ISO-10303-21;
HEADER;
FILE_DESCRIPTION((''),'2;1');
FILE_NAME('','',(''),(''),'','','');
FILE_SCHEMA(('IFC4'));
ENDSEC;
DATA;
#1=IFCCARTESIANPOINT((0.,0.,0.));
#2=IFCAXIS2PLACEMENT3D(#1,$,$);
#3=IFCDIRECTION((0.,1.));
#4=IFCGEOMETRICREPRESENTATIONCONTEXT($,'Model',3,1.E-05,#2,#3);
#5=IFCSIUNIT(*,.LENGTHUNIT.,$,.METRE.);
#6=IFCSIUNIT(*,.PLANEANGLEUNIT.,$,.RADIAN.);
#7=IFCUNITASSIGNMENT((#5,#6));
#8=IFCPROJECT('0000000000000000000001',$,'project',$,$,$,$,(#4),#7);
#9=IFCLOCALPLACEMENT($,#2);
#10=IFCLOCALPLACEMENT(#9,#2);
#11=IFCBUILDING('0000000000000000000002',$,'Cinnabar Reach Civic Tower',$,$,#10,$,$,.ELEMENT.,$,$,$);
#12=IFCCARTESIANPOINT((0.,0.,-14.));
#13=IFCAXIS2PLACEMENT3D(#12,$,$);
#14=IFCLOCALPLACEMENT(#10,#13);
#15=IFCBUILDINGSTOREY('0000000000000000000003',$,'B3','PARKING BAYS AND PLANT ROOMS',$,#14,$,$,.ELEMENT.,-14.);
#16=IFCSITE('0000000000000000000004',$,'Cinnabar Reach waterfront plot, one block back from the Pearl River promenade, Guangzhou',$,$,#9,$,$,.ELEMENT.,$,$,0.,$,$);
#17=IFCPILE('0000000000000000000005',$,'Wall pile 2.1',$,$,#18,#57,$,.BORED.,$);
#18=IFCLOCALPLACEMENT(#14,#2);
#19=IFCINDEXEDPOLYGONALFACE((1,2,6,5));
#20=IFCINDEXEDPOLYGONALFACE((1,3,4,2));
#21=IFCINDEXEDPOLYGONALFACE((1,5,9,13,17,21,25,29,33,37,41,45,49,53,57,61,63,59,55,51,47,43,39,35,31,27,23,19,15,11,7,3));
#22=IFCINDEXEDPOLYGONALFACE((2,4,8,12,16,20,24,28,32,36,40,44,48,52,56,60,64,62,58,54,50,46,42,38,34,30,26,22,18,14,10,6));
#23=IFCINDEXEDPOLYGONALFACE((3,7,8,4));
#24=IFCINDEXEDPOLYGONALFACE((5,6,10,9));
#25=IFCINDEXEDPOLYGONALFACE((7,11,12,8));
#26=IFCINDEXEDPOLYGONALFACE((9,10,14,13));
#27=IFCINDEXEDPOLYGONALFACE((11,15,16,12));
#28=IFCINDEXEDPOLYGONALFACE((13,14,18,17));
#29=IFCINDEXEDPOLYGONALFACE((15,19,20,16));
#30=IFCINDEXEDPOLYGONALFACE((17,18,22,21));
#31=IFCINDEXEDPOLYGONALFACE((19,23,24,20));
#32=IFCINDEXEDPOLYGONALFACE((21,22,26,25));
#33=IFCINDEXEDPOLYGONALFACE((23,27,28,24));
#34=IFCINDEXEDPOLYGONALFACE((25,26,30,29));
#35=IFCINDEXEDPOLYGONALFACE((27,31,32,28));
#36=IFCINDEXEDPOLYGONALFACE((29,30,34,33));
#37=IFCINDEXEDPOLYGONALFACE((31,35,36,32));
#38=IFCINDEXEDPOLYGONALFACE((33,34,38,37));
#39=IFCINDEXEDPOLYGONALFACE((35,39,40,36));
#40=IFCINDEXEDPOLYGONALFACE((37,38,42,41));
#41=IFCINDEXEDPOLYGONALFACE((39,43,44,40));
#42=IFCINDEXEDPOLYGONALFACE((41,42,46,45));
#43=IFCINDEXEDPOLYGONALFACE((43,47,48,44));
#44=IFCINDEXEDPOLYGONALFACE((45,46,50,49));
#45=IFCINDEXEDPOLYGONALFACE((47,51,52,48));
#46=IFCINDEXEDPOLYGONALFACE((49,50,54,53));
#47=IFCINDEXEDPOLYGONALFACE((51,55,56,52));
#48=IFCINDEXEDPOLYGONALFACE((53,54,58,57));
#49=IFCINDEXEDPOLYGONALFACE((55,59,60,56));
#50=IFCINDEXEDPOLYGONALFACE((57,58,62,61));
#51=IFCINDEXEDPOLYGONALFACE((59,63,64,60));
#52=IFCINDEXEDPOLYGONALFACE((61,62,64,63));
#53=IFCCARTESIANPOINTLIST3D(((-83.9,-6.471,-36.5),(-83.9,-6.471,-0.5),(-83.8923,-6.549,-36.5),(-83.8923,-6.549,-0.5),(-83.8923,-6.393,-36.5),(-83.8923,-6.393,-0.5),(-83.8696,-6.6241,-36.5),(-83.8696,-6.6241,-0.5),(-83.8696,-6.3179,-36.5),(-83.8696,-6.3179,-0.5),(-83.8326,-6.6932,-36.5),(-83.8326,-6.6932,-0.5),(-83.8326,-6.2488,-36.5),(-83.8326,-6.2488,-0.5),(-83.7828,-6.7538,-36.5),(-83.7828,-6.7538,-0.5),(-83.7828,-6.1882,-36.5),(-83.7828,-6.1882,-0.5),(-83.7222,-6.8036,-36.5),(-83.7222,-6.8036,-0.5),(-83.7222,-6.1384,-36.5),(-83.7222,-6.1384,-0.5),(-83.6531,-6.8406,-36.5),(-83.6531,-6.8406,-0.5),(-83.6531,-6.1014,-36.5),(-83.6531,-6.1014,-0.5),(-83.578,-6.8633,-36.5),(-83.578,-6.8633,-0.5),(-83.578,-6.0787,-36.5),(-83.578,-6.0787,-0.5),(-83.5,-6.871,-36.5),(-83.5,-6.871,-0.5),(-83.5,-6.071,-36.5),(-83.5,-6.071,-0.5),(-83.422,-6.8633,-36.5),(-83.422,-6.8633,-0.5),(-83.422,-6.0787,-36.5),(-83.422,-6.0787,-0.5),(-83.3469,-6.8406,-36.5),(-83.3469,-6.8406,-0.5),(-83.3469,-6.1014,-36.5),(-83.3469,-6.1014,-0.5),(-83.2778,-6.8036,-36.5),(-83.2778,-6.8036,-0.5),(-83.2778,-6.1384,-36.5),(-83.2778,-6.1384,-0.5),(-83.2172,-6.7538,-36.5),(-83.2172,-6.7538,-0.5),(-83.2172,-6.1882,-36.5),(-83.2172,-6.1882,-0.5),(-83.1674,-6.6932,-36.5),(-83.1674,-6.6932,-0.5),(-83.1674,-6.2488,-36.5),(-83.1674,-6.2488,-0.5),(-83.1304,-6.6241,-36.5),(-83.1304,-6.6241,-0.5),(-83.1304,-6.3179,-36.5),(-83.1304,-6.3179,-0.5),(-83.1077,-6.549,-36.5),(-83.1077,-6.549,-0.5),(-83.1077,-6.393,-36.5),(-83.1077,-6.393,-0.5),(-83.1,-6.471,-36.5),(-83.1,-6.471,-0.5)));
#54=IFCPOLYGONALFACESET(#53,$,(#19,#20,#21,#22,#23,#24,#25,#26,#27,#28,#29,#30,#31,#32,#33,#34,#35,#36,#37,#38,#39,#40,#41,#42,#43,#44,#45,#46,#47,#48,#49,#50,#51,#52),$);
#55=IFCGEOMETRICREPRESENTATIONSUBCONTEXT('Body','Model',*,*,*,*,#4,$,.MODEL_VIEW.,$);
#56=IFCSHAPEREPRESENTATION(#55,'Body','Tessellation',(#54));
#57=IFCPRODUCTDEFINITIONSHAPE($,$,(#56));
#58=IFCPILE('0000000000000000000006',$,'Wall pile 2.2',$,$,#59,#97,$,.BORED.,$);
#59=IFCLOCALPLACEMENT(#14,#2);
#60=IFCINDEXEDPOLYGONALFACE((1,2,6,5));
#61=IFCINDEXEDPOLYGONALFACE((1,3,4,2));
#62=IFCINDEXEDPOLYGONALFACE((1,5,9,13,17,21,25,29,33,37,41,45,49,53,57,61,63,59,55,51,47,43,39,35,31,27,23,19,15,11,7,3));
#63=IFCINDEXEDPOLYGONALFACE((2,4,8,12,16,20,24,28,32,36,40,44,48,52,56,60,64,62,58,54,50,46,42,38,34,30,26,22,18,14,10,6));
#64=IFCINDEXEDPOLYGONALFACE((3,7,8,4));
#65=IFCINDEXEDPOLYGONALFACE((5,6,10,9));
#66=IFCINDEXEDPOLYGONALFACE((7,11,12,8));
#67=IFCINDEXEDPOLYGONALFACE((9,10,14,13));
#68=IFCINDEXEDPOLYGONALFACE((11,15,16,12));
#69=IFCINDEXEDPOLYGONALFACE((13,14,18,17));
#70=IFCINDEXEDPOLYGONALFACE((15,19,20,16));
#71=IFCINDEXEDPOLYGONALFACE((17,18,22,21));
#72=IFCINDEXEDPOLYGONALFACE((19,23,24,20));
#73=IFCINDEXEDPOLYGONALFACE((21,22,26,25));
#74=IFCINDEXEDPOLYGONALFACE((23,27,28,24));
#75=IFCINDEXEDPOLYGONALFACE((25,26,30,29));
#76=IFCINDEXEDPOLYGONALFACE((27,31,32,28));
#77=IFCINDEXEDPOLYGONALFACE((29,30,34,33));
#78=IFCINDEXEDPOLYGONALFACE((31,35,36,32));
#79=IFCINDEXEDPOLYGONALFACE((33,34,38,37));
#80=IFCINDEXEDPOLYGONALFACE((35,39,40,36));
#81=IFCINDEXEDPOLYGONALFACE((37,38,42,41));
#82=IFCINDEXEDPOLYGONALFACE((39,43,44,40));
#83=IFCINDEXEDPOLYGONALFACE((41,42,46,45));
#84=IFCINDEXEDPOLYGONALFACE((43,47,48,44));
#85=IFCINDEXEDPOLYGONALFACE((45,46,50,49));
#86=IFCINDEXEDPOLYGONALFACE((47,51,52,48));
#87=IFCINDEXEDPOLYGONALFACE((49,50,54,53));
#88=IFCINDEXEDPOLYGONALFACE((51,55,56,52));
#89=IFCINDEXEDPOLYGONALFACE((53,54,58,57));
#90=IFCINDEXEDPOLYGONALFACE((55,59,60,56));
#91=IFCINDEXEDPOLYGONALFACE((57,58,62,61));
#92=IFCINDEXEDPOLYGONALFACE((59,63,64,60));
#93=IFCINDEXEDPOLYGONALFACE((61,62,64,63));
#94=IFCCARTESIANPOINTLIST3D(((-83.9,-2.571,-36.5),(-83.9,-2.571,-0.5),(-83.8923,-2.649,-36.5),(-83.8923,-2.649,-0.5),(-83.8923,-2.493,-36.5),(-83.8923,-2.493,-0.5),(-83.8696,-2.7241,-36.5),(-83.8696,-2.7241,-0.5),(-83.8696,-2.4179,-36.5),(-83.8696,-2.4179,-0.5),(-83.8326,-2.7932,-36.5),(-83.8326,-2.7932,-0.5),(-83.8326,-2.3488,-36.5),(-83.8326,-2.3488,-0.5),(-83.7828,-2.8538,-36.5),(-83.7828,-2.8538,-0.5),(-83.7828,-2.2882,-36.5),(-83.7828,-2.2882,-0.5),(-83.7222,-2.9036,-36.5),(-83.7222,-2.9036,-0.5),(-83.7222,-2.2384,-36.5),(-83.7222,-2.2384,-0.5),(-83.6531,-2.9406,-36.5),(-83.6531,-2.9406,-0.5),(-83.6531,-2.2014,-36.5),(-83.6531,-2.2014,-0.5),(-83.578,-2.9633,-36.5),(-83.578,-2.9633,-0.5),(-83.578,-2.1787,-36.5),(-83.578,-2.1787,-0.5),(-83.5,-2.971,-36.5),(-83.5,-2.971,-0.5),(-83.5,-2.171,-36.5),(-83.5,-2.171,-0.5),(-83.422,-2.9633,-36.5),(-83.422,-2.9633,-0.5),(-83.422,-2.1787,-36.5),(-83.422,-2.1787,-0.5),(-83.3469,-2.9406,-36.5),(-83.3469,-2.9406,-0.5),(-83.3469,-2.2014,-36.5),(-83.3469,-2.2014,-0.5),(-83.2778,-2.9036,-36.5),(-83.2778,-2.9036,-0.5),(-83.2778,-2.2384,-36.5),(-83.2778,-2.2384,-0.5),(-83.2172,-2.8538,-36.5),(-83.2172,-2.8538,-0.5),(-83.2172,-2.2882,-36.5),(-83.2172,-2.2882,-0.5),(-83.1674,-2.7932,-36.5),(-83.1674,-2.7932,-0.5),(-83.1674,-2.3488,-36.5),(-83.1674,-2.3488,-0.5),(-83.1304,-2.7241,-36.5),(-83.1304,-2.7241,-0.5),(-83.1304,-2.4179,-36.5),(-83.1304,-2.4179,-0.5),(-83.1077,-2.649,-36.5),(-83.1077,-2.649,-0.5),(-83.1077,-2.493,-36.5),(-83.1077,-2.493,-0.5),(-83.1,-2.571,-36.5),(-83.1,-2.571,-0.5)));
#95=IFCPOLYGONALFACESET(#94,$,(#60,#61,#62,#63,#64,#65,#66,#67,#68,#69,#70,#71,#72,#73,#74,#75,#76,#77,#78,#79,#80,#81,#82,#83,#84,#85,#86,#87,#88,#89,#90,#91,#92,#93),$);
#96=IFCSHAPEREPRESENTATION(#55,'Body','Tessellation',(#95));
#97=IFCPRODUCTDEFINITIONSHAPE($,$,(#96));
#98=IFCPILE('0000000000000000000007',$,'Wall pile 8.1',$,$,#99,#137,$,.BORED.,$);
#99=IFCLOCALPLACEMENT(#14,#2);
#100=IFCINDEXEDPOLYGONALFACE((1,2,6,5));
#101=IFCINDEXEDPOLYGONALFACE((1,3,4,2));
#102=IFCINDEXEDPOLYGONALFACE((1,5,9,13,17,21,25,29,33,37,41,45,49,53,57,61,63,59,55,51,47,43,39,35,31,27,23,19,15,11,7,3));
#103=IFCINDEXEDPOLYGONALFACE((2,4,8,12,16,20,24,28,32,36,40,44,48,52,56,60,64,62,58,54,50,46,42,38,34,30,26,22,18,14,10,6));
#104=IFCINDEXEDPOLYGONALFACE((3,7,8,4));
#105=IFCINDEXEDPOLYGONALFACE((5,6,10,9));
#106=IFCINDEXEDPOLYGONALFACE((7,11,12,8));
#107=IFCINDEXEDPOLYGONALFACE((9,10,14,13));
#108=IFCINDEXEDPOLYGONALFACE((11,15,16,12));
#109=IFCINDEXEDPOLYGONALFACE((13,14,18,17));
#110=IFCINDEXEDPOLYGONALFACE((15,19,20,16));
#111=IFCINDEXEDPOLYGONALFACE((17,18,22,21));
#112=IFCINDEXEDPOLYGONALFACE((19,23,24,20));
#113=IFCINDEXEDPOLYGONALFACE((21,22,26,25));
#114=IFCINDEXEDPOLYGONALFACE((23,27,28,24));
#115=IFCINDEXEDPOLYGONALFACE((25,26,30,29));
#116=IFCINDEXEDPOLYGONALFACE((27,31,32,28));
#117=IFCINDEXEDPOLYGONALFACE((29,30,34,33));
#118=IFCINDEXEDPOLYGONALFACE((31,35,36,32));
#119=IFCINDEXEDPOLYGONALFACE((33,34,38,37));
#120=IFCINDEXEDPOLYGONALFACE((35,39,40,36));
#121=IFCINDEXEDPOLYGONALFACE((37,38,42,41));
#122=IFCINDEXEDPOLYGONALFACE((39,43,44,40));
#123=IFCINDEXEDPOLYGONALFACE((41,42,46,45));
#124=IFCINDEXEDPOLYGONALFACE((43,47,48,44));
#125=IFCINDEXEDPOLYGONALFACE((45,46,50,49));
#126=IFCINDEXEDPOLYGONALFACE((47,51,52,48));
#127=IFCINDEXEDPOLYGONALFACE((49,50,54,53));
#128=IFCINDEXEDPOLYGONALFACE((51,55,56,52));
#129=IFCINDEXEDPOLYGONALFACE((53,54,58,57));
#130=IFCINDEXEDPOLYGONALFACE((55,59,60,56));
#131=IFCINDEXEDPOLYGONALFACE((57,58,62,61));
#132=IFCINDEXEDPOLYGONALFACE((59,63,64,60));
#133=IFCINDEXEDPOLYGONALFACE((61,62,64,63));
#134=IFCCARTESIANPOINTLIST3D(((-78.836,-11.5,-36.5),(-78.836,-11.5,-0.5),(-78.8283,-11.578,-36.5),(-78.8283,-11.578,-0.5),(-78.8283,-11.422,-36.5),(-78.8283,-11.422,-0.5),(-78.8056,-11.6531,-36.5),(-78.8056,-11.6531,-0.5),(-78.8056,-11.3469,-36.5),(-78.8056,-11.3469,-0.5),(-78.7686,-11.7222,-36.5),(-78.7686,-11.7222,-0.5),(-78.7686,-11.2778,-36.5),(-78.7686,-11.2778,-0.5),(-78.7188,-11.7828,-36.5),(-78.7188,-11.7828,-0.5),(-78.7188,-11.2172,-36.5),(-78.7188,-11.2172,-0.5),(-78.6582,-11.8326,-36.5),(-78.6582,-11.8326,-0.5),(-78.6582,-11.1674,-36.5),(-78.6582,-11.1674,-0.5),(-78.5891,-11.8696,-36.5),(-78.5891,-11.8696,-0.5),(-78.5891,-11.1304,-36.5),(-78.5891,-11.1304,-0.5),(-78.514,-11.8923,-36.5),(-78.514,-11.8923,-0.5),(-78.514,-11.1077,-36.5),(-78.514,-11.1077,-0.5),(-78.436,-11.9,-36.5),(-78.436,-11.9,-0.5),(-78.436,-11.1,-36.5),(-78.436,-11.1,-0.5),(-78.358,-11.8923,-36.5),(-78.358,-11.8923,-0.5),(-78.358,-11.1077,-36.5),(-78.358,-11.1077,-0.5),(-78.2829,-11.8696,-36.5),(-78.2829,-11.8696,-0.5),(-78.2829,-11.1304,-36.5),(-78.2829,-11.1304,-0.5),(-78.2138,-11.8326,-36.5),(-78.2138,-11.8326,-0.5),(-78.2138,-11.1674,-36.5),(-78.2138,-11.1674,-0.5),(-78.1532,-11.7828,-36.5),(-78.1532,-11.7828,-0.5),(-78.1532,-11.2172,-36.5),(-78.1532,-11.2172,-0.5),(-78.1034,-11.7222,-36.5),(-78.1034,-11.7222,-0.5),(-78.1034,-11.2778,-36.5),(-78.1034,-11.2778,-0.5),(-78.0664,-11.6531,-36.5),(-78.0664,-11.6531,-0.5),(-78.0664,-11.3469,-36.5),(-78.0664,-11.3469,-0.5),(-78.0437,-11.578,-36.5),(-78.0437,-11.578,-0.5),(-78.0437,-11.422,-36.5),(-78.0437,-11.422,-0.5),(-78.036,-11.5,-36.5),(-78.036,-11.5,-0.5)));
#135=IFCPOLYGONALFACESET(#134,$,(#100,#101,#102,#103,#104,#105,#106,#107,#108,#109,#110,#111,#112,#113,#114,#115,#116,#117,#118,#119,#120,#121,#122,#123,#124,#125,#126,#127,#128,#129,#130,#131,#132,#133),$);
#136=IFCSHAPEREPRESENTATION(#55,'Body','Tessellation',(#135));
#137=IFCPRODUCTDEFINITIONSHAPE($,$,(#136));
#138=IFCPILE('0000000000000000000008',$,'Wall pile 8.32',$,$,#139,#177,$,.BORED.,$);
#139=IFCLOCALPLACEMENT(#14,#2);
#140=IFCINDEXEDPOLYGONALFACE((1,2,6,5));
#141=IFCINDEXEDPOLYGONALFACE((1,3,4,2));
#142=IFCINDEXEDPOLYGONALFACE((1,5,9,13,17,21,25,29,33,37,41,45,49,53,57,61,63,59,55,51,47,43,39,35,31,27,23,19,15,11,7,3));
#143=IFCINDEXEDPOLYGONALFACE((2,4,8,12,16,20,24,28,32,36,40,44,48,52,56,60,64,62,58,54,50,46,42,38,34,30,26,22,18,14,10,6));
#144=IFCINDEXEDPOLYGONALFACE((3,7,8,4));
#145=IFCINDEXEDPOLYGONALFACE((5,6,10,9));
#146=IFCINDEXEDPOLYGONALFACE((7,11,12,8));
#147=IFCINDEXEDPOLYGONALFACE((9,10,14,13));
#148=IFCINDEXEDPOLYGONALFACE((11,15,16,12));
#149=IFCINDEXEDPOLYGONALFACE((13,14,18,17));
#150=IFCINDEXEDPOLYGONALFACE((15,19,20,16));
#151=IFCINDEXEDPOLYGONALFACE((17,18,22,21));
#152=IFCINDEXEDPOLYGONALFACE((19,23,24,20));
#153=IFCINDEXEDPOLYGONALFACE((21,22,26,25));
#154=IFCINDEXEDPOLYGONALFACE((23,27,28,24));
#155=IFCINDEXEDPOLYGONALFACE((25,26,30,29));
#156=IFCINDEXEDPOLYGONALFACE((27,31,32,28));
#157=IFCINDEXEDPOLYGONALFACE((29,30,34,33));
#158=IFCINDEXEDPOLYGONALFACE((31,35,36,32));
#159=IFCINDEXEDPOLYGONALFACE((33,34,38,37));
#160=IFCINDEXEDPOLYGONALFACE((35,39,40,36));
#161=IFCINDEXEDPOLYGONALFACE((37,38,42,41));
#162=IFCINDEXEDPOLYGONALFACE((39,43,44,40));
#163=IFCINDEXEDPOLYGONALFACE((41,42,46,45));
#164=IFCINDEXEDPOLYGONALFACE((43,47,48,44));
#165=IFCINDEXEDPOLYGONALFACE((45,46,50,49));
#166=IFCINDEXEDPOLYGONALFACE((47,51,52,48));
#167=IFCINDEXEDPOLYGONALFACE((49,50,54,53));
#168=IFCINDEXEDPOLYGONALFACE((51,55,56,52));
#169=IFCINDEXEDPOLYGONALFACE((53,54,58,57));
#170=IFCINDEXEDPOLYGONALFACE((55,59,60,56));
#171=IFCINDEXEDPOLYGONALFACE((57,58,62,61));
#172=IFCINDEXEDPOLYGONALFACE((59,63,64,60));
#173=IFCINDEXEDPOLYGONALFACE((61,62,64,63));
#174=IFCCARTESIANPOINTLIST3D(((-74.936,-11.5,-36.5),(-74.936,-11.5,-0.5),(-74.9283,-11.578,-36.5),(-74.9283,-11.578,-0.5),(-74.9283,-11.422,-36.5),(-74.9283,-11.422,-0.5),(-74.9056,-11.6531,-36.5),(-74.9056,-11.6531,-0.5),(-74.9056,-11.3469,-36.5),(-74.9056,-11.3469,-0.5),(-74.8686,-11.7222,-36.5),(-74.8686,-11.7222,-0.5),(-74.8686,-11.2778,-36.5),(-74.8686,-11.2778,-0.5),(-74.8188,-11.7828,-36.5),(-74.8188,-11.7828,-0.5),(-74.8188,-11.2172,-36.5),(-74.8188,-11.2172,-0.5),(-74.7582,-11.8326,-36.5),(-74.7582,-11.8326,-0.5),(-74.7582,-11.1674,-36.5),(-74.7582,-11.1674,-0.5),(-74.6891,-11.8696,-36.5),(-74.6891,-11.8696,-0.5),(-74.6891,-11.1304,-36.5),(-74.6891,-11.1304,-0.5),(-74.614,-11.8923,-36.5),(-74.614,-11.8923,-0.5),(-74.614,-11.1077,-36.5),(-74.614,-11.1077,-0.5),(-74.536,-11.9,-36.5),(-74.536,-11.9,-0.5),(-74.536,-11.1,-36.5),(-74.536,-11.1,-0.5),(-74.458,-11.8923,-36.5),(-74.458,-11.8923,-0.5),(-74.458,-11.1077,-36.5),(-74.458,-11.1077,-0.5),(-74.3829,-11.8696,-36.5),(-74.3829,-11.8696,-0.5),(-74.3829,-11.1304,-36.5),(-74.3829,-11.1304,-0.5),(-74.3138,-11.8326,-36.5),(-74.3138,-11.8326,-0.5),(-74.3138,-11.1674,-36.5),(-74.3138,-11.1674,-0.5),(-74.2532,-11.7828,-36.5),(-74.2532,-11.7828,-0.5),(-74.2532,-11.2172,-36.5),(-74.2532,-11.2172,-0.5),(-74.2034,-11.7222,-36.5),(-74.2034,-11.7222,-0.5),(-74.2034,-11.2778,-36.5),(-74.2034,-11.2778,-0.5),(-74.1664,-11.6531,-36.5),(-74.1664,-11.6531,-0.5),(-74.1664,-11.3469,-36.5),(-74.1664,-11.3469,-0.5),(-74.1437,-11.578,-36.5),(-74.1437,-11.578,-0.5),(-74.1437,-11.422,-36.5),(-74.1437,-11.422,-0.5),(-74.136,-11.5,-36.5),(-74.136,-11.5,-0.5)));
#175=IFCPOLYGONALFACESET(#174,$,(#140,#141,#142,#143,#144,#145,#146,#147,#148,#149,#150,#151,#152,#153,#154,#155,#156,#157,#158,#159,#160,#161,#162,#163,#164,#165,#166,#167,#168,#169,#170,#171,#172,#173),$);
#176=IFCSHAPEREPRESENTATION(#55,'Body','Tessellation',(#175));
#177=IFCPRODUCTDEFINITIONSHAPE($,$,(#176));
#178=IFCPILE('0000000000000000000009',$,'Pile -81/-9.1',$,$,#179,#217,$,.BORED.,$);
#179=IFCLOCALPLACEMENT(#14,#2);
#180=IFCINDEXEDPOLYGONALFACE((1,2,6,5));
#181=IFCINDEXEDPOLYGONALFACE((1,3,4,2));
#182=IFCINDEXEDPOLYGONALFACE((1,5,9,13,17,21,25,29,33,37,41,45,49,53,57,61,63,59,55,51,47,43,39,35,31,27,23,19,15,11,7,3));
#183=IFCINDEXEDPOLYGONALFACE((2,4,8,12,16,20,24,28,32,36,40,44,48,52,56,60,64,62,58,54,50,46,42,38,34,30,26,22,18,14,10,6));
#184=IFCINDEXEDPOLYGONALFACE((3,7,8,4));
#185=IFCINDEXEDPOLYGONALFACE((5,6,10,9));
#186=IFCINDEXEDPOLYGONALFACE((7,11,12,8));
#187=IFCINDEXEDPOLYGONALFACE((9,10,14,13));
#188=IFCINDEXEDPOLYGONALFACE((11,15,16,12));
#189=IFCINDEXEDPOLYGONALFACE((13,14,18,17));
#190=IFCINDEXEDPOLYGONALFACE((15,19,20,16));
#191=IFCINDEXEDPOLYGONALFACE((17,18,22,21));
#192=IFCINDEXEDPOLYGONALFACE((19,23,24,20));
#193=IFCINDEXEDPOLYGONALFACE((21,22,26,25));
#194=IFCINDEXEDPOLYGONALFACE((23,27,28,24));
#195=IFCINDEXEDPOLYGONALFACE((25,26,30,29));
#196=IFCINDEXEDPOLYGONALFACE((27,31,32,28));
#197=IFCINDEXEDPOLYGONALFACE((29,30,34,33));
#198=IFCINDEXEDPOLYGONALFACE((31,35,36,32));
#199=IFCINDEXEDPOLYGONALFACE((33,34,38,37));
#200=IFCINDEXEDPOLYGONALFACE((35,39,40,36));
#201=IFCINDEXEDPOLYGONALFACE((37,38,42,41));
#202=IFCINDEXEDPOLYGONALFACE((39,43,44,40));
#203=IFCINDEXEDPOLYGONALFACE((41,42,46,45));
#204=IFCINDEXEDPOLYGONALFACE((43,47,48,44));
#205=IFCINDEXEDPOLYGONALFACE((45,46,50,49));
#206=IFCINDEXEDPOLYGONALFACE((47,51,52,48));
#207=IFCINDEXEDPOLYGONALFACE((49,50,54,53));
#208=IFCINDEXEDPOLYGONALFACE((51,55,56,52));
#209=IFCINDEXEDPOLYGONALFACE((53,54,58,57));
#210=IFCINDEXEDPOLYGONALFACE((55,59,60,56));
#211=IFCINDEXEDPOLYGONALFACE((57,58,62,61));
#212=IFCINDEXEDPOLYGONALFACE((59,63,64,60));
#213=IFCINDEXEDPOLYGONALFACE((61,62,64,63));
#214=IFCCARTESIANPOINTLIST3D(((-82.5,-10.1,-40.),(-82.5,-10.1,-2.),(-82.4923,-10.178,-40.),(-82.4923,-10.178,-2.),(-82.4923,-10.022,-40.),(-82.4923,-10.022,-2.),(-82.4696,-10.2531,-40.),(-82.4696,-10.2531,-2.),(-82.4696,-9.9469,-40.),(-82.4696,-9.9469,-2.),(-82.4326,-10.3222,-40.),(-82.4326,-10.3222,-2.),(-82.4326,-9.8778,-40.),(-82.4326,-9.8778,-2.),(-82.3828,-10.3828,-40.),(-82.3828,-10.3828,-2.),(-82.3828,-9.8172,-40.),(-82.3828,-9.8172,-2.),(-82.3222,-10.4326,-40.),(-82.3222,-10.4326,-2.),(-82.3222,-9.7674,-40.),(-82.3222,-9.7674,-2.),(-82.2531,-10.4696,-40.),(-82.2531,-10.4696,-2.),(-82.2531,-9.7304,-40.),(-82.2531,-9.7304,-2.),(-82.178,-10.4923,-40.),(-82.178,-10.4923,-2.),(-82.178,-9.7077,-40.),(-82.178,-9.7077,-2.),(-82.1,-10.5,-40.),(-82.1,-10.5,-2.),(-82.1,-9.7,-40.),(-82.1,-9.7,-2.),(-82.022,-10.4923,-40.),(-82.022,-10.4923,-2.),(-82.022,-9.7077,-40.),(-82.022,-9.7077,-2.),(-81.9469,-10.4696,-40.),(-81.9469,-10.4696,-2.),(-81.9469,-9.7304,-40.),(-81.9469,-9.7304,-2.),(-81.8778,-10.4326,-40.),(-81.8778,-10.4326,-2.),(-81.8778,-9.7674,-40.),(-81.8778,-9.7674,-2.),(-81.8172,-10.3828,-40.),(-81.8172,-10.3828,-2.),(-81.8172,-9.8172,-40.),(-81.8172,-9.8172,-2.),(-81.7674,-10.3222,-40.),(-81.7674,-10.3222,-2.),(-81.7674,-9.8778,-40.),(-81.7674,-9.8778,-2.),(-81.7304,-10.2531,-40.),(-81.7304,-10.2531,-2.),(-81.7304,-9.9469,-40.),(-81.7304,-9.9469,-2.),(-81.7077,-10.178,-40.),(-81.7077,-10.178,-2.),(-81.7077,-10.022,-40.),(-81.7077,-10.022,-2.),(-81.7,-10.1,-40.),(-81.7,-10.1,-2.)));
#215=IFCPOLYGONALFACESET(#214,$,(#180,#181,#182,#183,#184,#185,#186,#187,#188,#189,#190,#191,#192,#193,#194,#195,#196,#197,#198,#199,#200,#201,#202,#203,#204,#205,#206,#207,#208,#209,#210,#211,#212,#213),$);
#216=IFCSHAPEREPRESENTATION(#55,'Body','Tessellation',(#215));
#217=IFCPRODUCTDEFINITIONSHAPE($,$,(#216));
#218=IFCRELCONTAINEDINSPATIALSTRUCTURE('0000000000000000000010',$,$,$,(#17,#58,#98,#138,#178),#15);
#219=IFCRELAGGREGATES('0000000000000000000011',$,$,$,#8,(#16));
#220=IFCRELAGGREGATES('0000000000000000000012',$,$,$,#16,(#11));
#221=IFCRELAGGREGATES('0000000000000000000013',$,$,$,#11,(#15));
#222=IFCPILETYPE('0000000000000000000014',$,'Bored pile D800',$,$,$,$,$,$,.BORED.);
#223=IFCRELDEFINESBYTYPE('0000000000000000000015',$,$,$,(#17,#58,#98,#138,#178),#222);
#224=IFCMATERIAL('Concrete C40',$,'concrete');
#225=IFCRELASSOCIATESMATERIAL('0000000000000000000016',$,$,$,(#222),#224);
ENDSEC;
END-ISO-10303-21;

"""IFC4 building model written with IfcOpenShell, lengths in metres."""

from ifc_helpers import new_model, si_unit, direction, frame, origin, origin_2d, place, context, subcontext, project, spatial, circle, extrude, material, type_object, element, save


model = new_model("IFC4")

# Units and contexts
model_context = context("Model", 3, precision=1e-05, world=origin(), true_north=direction((0.0, 1.0)))
body_context = subcontext(model_context, "Body", "Model", "MODEL_VIEW")
ifc_project = project(units=[si_unit("LENGTHUNIT", "METRE"), si_unit("PLANEANGLEUNIT", "RADIAN")], contexts=[model_context])

# Site, building, storey
site_placement = place(None, origin())
site = spatial("IfcSite", under=ifc_project, at=site_placement, Name="Cinnabar Reach waterfront plot, one block back from the Pearl River promenade, Guangzhou", CompositionType="ELEMENT", RefElevation=0.0)
building_placement = place(site_placement, origin())
building = spatial("IfcBuilding", under=site, at=building_placement, Name="Cinnabar Reach Civic Tower", CompositionType="ELEMENT")
storey_placement = place(building_placement, frame((0.0, 0.0, -14.0)))
storey = spatial("IfcBuildingStorey", under=building, at=storey_placement, Name="B3", Description="PARKING BAYS AND PLANT ROOMS", CompositionType="ELEMENT", Elevation=-14.0)

# Piles
ifc_material_1 = material(Name="Concrete C40", Category="concrete")
pile_type = type_object("IfcPileType", Name="Bored pile D800", PredefinedType="BORED", material=ifc_material_1)
for number, where, z_axis, x_axis, name in (
    (1, (-83.5, -6.471, -0.5), (0.0, 0.0, -1.0), (1.0, 0.0, 0.0), "Wall pile 2.1"),
    (2, (-83.5, -2.571, -0.5), (0.0, 0.0, -1.0), (1.0, 0.0, 0.0), "Wall pile 2.2"),
    (3, (-78.436, -11.5, -0.5), (0.0, 0.0, -1.0), (1.0, 0.0, 0.0), "Wall pile 8.1"),
    (4, (-74.536, -11.5, -0.5), (0.0, 0.0, -1.0), (1.0, 0.0, 0.0), "Wall pile 8.32"),
):
    element("IfcPile", number, at=place(storey_placement, frame(where, z_axis=z_axis, x_axis=x_axis)), inside=storey, type_object=pile_type, Name=name, PredefinedType="BORED", context=body_context, shape_type="SweptSolid", body=[
        extrude(circle(Radius=0.4, at=origin_2d()), origin(), (0.0, 0.0, 1.0), 36.0),
    ])
for number, where, z_axis, x_axis, name in (
    (5, (-82.1, -10.1, -2.0), (0.0, 0.0, -1.0), (1.0, 0.0, 0.0), "Pile -81/-9.1"),
):
    element("IfcPile", number, at=place(storey_placement, frame(where, z_axis=z_axis, x_axis=x_axis)), inside=storey, type_object=pile_type, Name=name, PredefinedType="BORED", context=body_context, shape_type="SweptSolid", body=[
        extrude(circle(Radius=0.4, at=origin_2d()), origin(), (0.0, 0.0, 1.0), 38.0),
    ])

save(model, "model.ifc")
